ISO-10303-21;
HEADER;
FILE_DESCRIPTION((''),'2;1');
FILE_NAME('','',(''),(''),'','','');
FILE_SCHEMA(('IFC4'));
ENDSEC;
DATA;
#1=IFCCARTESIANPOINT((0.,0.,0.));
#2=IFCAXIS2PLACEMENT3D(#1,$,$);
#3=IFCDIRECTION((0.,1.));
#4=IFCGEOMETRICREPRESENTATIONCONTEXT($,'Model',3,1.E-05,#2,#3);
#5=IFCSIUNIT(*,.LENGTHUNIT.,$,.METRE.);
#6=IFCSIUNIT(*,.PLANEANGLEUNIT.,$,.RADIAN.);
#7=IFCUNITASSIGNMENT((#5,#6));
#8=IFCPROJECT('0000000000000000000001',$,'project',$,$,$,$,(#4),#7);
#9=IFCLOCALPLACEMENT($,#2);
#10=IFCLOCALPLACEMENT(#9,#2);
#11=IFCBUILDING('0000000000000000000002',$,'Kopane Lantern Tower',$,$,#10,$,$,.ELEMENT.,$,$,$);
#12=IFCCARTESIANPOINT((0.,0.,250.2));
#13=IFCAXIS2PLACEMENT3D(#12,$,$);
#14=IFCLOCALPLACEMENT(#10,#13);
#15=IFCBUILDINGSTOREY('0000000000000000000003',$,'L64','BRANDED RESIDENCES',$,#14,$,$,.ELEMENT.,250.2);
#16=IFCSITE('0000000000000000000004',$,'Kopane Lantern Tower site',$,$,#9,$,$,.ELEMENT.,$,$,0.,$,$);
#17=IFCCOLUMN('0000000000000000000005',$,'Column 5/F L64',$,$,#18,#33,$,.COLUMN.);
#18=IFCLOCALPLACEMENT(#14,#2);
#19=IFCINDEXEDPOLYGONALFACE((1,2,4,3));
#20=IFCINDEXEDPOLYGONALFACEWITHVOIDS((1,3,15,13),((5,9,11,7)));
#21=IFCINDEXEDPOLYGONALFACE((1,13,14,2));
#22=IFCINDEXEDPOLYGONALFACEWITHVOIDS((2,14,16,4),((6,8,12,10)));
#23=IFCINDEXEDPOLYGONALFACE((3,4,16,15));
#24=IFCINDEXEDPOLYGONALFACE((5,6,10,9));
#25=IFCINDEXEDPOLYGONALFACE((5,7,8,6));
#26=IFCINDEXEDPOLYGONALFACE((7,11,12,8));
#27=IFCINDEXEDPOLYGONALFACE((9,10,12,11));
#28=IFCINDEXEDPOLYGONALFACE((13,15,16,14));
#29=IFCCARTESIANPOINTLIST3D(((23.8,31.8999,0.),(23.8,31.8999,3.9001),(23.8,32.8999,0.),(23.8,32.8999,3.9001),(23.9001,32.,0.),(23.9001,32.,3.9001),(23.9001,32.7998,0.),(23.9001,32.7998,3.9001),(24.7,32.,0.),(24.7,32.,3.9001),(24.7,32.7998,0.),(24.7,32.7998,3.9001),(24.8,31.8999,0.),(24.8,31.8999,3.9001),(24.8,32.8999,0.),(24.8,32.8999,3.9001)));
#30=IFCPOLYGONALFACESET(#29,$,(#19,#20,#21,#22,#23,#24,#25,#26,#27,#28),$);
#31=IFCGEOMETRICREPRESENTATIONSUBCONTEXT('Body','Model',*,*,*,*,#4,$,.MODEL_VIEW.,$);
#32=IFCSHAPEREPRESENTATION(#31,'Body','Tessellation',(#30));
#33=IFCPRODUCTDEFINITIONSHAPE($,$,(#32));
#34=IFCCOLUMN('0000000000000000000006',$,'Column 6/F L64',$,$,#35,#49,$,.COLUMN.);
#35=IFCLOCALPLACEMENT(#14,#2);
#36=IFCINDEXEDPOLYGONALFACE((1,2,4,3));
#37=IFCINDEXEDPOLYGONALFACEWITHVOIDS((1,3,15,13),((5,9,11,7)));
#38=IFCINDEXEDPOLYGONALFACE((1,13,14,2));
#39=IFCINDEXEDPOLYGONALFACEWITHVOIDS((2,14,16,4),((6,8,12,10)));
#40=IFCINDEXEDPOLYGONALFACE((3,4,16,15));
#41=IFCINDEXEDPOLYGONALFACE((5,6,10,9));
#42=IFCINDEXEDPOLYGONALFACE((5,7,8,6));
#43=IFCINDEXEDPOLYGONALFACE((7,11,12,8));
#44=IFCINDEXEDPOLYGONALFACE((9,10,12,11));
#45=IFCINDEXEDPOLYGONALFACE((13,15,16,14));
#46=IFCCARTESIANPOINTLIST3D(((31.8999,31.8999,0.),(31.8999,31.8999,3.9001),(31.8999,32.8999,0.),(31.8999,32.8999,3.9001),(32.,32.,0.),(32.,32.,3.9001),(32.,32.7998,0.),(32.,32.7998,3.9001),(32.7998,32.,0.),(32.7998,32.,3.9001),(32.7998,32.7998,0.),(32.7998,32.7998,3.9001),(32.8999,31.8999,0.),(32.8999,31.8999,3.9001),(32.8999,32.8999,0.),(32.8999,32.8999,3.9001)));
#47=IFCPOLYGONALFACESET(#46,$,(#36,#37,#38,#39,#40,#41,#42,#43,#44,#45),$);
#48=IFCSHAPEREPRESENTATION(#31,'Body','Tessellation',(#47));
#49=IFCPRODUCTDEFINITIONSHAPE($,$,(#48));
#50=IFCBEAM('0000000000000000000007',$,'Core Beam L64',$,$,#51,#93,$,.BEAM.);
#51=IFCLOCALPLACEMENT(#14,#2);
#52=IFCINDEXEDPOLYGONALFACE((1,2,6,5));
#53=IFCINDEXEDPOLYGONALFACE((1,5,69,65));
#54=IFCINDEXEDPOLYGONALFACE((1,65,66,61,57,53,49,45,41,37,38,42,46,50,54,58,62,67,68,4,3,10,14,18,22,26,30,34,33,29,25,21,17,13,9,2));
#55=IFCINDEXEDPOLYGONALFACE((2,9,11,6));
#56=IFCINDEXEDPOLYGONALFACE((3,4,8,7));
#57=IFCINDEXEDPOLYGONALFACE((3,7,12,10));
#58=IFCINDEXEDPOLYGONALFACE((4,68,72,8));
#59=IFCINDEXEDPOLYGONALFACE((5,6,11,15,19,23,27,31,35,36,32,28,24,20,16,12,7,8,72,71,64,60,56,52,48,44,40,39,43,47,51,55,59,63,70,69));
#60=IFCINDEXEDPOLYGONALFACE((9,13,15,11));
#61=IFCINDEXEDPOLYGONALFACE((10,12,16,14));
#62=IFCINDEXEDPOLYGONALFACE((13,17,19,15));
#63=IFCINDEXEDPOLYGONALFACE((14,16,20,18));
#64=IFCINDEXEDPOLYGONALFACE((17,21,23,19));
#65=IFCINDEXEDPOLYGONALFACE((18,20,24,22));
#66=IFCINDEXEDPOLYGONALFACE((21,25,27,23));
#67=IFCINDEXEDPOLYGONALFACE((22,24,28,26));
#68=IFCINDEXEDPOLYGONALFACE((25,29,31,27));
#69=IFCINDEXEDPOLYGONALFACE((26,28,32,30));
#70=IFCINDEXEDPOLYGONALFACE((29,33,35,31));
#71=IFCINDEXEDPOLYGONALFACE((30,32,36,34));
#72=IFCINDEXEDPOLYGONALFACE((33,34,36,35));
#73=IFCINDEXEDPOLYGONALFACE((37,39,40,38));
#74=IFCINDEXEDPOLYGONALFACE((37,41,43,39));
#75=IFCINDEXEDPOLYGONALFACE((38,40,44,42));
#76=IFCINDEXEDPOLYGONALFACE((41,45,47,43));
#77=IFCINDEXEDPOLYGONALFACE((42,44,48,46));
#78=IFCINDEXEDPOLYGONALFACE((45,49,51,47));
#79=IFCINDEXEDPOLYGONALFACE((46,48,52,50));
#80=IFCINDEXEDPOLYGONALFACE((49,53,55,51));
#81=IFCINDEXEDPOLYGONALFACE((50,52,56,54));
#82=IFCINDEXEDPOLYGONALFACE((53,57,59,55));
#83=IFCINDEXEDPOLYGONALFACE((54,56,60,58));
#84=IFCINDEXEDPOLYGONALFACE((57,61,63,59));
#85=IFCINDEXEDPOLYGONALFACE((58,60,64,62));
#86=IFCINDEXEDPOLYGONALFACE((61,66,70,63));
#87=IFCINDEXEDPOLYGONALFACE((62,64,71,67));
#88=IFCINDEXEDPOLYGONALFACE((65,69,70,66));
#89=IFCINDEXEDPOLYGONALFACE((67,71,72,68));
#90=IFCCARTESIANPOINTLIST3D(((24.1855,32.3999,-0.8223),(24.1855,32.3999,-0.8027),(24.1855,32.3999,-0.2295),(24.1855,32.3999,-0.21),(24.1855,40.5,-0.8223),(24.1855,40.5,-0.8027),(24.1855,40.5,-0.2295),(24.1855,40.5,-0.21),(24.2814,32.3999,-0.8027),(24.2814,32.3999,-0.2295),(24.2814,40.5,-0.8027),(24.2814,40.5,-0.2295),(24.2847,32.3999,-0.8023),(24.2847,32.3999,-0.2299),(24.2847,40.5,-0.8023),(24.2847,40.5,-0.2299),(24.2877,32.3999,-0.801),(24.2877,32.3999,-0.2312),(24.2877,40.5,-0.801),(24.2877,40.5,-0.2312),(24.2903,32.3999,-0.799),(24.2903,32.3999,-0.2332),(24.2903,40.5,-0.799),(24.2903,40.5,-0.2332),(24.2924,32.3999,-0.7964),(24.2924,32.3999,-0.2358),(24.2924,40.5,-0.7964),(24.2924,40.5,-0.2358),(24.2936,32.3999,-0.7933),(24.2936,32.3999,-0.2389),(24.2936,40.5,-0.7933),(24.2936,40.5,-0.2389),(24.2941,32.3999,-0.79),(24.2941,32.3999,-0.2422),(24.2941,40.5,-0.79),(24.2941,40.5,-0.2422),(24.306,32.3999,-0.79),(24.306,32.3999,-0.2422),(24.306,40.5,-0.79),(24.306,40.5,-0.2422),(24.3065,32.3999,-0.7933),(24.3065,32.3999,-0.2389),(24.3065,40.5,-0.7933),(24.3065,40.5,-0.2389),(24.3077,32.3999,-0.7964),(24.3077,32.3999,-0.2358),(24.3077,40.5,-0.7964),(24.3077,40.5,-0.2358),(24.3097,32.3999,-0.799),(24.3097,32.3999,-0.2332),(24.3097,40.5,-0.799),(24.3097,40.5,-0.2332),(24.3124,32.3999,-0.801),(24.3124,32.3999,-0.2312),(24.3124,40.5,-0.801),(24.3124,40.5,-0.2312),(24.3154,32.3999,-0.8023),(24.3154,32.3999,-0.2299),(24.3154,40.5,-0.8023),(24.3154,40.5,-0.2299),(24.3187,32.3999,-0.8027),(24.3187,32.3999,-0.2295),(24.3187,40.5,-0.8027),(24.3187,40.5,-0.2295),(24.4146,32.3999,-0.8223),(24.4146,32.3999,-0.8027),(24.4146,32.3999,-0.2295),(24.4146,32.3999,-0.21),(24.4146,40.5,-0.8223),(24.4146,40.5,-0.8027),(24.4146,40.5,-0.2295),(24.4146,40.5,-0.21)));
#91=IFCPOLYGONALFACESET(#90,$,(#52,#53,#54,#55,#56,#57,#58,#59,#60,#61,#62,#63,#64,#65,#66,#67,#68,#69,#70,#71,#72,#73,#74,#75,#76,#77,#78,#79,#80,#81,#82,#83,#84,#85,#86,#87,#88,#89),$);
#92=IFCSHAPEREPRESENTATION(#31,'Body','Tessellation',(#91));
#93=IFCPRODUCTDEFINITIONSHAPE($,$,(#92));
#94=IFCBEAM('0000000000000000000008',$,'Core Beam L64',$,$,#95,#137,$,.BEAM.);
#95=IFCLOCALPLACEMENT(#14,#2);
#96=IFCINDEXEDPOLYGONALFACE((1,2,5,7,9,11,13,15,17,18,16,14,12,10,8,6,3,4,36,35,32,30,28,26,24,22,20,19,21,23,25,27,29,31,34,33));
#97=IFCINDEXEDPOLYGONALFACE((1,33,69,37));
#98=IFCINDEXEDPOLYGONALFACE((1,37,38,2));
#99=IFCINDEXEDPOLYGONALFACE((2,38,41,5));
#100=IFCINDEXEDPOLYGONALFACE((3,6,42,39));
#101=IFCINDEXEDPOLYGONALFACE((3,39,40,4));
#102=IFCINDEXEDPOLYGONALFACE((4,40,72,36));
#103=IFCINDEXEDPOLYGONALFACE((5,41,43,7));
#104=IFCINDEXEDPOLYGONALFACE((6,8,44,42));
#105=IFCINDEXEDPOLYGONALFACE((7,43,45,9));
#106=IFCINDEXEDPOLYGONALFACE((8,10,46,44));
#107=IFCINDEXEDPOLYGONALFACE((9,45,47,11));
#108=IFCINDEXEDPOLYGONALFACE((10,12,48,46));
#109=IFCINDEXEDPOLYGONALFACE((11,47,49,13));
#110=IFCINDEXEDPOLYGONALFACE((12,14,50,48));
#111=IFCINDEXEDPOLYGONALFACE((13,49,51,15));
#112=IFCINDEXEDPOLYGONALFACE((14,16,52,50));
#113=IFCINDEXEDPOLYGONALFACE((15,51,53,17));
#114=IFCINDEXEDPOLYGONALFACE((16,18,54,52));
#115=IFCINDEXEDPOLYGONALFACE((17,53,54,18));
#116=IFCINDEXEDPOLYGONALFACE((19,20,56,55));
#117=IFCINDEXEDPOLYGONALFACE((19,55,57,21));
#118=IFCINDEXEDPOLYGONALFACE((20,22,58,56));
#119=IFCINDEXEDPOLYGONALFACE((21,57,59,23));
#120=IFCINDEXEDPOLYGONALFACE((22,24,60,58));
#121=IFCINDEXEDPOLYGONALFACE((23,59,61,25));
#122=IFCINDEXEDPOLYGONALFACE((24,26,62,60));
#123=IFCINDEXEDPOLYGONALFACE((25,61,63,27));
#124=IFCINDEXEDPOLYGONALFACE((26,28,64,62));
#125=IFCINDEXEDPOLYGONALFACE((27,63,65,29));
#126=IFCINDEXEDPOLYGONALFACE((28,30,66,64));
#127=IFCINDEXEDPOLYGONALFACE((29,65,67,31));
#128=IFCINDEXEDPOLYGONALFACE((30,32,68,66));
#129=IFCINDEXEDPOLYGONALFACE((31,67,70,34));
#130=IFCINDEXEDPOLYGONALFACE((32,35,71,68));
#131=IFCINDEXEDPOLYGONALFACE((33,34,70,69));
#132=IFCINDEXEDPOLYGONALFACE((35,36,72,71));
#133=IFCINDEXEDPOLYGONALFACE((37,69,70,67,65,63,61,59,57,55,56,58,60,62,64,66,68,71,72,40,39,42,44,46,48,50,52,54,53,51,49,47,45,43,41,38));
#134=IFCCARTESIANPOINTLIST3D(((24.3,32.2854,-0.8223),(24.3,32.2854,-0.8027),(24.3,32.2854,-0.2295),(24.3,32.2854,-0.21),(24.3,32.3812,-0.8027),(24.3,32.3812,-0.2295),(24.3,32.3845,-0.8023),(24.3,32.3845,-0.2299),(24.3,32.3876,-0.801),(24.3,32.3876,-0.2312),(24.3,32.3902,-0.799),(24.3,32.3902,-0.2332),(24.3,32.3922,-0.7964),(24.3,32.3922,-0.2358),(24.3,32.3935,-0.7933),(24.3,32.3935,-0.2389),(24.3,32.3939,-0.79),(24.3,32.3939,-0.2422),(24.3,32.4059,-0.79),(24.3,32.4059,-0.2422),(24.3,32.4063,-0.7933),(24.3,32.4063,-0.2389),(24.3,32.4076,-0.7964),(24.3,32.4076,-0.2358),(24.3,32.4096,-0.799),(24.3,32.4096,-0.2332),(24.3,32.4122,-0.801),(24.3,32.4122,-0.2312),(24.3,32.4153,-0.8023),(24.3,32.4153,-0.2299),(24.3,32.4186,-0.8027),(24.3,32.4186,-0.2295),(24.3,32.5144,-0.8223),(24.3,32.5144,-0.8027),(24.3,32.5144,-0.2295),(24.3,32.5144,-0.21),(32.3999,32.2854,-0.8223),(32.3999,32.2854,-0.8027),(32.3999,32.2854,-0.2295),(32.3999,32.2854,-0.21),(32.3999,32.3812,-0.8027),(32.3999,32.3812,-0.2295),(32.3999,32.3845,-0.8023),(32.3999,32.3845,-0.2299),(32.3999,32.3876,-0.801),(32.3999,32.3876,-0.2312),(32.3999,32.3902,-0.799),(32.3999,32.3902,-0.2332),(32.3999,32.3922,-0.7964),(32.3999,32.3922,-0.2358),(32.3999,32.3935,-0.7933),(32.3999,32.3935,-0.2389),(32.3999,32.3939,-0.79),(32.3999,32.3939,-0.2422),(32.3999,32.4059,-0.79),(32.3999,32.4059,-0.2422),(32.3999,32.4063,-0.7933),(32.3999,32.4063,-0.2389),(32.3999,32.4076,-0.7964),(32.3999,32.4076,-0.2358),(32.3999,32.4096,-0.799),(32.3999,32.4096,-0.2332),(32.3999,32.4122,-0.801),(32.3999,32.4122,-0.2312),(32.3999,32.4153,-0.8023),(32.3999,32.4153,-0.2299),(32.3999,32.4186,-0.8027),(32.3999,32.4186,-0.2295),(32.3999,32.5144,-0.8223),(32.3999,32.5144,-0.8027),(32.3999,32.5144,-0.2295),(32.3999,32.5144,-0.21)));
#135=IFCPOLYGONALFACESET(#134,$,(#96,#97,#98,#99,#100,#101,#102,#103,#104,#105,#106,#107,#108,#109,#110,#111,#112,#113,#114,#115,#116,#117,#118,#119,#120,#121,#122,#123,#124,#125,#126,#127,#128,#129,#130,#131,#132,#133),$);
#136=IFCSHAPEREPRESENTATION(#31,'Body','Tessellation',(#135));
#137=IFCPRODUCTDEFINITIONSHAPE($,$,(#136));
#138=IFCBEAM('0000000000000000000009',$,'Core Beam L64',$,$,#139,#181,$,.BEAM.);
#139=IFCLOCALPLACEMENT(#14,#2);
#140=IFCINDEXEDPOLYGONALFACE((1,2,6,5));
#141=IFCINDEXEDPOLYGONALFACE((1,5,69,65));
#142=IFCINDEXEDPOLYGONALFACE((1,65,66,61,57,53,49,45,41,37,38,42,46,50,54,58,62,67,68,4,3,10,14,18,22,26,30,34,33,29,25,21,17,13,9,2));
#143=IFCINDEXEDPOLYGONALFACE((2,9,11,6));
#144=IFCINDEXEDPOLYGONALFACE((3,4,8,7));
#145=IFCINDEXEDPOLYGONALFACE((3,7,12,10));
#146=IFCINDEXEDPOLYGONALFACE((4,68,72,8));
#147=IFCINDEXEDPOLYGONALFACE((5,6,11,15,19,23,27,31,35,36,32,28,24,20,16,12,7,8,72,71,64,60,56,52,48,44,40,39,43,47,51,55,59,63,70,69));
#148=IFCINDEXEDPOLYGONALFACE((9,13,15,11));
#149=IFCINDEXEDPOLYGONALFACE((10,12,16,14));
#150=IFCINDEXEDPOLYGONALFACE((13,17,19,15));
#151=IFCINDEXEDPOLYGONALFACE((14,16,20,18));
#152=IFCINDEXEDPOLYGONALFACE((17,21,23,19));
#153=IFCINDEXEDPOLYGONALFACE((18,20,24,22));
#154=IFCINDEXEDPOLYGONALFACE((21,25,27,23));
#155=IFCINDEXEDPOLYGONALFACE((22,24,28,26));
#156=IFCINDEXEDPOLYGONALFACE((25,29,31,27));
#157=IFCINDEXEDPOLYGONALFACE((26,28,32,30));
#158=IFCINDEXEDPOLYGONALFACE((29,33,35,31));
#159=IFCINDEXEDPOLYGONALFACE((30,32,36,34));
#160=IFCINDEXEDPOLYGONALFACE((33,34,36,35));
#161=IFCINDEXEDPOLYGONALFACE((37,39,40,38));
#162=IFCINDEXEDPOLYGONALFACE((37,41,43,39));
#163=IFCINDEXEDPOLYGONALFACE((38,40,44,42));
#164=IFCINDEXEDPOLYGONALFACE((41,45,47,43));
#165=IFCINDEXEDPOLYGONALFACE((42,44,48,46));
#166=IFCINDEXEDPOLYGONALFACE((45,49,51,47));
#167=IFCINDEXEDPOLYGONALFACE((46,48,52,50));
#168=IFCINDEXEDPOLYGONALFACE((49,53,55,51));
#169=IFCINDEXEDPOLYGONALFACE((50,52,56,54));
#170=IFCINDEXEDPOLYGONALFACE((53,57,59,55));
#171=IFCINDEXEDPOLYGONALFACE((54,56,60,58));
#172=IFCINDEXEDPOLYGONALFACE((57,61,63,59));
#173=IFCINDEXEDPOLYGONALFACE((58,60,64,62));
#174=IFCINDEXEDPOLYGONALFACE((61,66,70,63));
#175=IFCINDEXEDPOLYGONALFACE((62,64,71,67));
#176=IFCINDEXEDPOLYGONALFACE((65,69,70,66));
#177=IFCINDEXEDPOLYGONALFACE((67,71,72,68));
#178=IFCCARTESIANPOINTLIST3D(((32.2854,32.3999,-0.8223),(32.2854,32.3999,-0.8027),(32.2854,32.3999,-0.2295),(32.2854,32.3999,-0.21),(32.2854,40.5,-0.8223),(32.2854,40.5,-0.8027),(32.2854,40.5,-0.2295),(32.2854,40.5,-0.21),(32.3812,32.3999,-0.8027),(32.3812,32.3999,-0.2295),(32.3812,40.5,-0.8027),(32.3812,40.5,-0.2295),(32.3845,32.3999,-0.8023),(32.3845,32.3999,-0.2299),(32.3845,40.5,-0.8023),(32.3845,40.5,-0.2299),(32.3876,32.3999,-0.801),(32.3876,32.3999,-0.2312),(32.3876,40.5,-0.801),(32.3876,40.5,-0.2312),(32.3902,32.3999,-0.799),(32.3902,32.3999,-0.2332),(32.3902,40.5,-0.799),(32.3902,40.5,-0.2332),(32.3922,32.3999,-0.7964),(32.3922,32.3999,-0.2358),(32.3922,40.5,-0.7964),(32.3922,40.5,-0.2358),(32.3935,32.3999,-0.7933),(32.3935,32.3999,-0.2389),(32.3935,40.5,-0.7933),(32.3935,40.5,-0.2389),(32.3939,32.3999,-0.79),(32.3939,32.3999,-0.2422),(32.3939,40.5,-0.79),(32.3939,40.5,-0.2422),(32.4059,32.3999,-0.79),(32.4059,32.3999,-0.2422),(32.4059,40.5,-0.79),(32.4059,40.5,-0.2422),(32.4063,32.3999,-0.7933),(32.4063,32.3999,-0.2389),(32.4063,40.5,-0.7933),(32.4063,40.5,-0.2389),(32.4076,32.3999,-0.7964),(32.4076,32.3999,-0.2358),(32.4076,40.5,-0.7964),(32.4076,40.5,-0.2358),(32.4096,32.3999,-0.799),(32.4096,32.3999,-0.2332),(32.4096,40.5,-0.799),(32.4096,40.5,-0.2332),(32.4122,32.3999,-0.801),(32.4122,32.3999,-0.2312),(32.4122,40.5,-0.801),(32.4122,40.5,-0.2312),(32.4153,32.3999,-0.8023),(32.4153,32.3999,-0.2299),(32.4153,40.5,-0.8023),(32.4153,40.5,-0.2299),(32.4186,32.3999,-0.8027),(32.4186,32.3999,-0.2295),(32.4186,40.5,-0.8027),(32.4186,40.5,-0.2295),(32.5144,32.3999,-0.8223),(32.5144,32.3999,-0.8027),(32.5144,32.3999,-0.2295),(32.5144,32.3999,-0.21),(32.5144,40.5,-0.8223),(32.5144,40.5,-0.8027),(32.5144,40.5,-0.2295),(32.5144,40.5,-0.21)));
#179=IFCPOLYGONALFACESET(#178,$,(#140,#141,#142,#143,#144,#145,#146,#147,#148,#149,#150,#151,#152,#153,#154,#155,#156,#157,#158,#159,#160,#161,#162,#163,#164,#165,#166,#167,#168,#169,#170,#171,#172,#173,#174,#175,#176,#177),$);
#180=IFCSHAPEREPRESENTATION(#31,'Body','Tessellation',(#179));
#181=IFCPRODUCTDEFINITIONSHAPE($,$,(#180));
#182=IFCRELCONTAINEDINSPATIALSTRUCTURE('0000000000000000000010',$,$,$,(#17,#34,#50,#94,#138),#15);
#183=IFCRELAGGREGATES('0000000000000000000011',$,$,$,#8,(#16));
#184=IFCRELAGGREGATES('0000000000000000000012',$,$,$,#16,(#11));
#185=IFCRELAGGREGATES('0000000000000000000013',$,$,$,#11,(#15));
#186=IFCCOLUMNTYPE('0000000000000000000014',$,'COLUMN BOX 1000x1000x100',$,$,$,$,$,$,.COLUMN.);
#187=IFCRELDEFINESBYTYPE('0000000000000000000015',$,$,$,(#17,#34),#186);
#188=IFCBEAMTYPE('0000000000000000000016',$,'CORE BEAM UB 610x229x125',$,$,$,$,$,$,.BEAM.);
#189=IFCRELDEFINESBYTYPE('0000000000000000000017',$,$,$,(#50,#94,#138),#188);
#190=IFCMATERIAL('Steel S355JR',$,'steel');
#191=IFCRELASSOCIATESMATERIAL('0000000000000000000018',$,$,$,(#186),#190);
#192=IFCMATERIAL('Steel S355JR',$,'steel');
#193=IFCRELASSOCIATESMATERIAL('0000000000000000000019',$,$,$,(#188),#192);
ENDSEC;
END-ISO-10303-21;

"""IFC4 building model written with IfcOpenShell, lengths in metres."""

from ifc_helpers import new_model, si_unit, direction, frame, origin, origin_2d, place, context, subcontext, project, spatial, hollow_rectangle, i_section, extrude, material, material_profile, profile_set, type_object, element, save


model = new_model("IFC4")

# Units and contexts
model_context = context("Model", 3, precision=1e-05, world=origin(), true_north=direction((0.0, 1.0)))
body_context = subcontext(model_context, "Body", "Model", "MODEL_VIEW")
ifc_project = project(units=[si_unit("LENGTHUNIT", "METRE"), si_unit("PLANEANGLEUNIT", "RADIAN")], contexts=[model_context])

# Site, building, storey
site_placement = place(None, origin())
site = spatial("IfcSite", under=ifc_project, at=site_placement, Name="Kopane Lantern Tower site", CompositionType="ELEMENT", RefElevation=0.0)
building_placement = place(site_placement, origin())
building = spatial("IfcBuilding", under=site, at=building_placement, Name="Kopane Lantern Tower", CompositionType="ELEMENT")
storey_placement = place(building_placement, frame((0.0, 0.0, 250.2)))
storey = spatial("IfcBuildingStorey", under=building, at=storey_placement, Name="L64", Description="BRANDED RESIDENCES", CompositionType="ELEMENT", Elevation=250.2)

# Columns
ifc_material_1 = material(Name="Steel S355JR", Category="steel")
ifc_material_profile_1 = material_profile(ifc_material_1, hollow_rectangle(XDim=1.0, YDim=1.0, WallThickness=0.1001, at=origin_2d()), Name="BOX 1000x1000x100")
ifc_profile_set_1 = profile_set([ifc_material_profile_1], Name="Steel S355JR")
column_type = type_object("IfcColumnType", Name="COLUMN BOX 1000x1000x100", PredefinedType="COLUMN", material=ifc_profile_set_1)
for number, where, z_axis, x_axis, name in (
    (1, (24.3, 32.3999, 0.0), (0.0, 0.0, 1.0), (1.0, 0.0, 0.0), "Column 5/F L64"),
    (2, (32.3999, 32.3999, 0.0), (0.0, 0.0, 1.0), (1.0, 0.0, 0.0), "Column 6/F L64"),
):
    element("IfcColumn", number, at=place(storey_placement, frame(where, z_axis=z_axis, x_axis=x_axis)), inside=storey, type_object=column_type, Name=name, PredefinedType="COLUMN", context=body_context, shape_type="SweptSolid", body=[
        extrude(hollow_rectangle(XDim=1.0, YDim=1.0, WallThickness=0.1001, at=origin_2d()), origin(), (0.0, 0.0, 1.0), 3.9001),
    ])

# Beams
ifc_material_2 = material(Name="Steel S355JR", Category="steel")
ifc_material_profile_2 = material_profile(ifc_material_2, i_section(OverallWidth=0.229, OverallDepth=0.6123, WebThickness=0.012, FlangeThickness=0.0195, FilletRadius=0.0127, at=origin_2d()), Name="UB 610x229x125")
ifc_profile_set_2 = profile_set([ifc_material_profile_2], Name="Steel S355JR")
beam_type = type_object("IfcBeamType", Name="CORE BEAM UB 610x229x125", PredefinedType="BEAM", material=ifc_profile_set_2)
beam_1_placement = place(storey_placement, frame((24.3, 32.3999, -0.5161), z_axis=(0.0, 1.0, 0.0), x_axis=(-1.0, 0.0, 0.0)))
element("IfcBeam", 3, at=beam_1_placement, inside=storey, type_object=beam_type, Name="Core Beam L64", PredefinedType="BEAM", context=body_context, shape_type="SweptSolid", body=[
    extrude(i_section(OverallWidth=0.229, OverallDepth=0.6123, WebThickness=0.012, FlangeThickness=0.0195, FilletRadius=0.0127, at=origin_2d()), origin(), (0.0, 0.0, 1.0), 8.1001),
])
beam_2_placement = place(storey_placement, frame((24.3, 32.3999, -0.5161), z_axis=(1.0, 0.0, 0.0), x_axis=(0.0, 1.0, 0.0)))
element("IfcBeam", 4, at=beam_2_placement, inside=storey, type_object=beam_type, Name="Core Beam L64", PredefinedType="BEAM", context=body_context, shape_type="SweptSolid", body=[
    extrude(i_section(OverallWidth=0.229, OverallDepth=0.6123, WebThickness=0.012, FlangeThickness=0.0195, FilletRadius=0.0127, at=origin_2d()), origin(), (0.0, 0.0, 1.0), 8.0999),
])
beam_3_placement = place(storey_placement, frame((32.3999, 32.3999, -0.5161), z_axis=(0.0, 1.0, 0.0), x_axis=(-1.0, 0.0, 0.0)))
element("IfcBeam", 5, at=beam_3_placement, inside=storey, type_object=beam_type, Name="Core Beam L64", PredefinedType="BEAM", context=body_context, shape_type="SweptSolid", body=[
    extrude(i_section(OverallWidth=0.229, OverallDepth=0.6123, WebThickness=0.012, FlangeThickness=0.0195, FilletRadius=0.0127, at=origin_2d()), origin(), (0.0, 0.0, 1.0), 8.1001),
])

save(model, "model.ifc")
